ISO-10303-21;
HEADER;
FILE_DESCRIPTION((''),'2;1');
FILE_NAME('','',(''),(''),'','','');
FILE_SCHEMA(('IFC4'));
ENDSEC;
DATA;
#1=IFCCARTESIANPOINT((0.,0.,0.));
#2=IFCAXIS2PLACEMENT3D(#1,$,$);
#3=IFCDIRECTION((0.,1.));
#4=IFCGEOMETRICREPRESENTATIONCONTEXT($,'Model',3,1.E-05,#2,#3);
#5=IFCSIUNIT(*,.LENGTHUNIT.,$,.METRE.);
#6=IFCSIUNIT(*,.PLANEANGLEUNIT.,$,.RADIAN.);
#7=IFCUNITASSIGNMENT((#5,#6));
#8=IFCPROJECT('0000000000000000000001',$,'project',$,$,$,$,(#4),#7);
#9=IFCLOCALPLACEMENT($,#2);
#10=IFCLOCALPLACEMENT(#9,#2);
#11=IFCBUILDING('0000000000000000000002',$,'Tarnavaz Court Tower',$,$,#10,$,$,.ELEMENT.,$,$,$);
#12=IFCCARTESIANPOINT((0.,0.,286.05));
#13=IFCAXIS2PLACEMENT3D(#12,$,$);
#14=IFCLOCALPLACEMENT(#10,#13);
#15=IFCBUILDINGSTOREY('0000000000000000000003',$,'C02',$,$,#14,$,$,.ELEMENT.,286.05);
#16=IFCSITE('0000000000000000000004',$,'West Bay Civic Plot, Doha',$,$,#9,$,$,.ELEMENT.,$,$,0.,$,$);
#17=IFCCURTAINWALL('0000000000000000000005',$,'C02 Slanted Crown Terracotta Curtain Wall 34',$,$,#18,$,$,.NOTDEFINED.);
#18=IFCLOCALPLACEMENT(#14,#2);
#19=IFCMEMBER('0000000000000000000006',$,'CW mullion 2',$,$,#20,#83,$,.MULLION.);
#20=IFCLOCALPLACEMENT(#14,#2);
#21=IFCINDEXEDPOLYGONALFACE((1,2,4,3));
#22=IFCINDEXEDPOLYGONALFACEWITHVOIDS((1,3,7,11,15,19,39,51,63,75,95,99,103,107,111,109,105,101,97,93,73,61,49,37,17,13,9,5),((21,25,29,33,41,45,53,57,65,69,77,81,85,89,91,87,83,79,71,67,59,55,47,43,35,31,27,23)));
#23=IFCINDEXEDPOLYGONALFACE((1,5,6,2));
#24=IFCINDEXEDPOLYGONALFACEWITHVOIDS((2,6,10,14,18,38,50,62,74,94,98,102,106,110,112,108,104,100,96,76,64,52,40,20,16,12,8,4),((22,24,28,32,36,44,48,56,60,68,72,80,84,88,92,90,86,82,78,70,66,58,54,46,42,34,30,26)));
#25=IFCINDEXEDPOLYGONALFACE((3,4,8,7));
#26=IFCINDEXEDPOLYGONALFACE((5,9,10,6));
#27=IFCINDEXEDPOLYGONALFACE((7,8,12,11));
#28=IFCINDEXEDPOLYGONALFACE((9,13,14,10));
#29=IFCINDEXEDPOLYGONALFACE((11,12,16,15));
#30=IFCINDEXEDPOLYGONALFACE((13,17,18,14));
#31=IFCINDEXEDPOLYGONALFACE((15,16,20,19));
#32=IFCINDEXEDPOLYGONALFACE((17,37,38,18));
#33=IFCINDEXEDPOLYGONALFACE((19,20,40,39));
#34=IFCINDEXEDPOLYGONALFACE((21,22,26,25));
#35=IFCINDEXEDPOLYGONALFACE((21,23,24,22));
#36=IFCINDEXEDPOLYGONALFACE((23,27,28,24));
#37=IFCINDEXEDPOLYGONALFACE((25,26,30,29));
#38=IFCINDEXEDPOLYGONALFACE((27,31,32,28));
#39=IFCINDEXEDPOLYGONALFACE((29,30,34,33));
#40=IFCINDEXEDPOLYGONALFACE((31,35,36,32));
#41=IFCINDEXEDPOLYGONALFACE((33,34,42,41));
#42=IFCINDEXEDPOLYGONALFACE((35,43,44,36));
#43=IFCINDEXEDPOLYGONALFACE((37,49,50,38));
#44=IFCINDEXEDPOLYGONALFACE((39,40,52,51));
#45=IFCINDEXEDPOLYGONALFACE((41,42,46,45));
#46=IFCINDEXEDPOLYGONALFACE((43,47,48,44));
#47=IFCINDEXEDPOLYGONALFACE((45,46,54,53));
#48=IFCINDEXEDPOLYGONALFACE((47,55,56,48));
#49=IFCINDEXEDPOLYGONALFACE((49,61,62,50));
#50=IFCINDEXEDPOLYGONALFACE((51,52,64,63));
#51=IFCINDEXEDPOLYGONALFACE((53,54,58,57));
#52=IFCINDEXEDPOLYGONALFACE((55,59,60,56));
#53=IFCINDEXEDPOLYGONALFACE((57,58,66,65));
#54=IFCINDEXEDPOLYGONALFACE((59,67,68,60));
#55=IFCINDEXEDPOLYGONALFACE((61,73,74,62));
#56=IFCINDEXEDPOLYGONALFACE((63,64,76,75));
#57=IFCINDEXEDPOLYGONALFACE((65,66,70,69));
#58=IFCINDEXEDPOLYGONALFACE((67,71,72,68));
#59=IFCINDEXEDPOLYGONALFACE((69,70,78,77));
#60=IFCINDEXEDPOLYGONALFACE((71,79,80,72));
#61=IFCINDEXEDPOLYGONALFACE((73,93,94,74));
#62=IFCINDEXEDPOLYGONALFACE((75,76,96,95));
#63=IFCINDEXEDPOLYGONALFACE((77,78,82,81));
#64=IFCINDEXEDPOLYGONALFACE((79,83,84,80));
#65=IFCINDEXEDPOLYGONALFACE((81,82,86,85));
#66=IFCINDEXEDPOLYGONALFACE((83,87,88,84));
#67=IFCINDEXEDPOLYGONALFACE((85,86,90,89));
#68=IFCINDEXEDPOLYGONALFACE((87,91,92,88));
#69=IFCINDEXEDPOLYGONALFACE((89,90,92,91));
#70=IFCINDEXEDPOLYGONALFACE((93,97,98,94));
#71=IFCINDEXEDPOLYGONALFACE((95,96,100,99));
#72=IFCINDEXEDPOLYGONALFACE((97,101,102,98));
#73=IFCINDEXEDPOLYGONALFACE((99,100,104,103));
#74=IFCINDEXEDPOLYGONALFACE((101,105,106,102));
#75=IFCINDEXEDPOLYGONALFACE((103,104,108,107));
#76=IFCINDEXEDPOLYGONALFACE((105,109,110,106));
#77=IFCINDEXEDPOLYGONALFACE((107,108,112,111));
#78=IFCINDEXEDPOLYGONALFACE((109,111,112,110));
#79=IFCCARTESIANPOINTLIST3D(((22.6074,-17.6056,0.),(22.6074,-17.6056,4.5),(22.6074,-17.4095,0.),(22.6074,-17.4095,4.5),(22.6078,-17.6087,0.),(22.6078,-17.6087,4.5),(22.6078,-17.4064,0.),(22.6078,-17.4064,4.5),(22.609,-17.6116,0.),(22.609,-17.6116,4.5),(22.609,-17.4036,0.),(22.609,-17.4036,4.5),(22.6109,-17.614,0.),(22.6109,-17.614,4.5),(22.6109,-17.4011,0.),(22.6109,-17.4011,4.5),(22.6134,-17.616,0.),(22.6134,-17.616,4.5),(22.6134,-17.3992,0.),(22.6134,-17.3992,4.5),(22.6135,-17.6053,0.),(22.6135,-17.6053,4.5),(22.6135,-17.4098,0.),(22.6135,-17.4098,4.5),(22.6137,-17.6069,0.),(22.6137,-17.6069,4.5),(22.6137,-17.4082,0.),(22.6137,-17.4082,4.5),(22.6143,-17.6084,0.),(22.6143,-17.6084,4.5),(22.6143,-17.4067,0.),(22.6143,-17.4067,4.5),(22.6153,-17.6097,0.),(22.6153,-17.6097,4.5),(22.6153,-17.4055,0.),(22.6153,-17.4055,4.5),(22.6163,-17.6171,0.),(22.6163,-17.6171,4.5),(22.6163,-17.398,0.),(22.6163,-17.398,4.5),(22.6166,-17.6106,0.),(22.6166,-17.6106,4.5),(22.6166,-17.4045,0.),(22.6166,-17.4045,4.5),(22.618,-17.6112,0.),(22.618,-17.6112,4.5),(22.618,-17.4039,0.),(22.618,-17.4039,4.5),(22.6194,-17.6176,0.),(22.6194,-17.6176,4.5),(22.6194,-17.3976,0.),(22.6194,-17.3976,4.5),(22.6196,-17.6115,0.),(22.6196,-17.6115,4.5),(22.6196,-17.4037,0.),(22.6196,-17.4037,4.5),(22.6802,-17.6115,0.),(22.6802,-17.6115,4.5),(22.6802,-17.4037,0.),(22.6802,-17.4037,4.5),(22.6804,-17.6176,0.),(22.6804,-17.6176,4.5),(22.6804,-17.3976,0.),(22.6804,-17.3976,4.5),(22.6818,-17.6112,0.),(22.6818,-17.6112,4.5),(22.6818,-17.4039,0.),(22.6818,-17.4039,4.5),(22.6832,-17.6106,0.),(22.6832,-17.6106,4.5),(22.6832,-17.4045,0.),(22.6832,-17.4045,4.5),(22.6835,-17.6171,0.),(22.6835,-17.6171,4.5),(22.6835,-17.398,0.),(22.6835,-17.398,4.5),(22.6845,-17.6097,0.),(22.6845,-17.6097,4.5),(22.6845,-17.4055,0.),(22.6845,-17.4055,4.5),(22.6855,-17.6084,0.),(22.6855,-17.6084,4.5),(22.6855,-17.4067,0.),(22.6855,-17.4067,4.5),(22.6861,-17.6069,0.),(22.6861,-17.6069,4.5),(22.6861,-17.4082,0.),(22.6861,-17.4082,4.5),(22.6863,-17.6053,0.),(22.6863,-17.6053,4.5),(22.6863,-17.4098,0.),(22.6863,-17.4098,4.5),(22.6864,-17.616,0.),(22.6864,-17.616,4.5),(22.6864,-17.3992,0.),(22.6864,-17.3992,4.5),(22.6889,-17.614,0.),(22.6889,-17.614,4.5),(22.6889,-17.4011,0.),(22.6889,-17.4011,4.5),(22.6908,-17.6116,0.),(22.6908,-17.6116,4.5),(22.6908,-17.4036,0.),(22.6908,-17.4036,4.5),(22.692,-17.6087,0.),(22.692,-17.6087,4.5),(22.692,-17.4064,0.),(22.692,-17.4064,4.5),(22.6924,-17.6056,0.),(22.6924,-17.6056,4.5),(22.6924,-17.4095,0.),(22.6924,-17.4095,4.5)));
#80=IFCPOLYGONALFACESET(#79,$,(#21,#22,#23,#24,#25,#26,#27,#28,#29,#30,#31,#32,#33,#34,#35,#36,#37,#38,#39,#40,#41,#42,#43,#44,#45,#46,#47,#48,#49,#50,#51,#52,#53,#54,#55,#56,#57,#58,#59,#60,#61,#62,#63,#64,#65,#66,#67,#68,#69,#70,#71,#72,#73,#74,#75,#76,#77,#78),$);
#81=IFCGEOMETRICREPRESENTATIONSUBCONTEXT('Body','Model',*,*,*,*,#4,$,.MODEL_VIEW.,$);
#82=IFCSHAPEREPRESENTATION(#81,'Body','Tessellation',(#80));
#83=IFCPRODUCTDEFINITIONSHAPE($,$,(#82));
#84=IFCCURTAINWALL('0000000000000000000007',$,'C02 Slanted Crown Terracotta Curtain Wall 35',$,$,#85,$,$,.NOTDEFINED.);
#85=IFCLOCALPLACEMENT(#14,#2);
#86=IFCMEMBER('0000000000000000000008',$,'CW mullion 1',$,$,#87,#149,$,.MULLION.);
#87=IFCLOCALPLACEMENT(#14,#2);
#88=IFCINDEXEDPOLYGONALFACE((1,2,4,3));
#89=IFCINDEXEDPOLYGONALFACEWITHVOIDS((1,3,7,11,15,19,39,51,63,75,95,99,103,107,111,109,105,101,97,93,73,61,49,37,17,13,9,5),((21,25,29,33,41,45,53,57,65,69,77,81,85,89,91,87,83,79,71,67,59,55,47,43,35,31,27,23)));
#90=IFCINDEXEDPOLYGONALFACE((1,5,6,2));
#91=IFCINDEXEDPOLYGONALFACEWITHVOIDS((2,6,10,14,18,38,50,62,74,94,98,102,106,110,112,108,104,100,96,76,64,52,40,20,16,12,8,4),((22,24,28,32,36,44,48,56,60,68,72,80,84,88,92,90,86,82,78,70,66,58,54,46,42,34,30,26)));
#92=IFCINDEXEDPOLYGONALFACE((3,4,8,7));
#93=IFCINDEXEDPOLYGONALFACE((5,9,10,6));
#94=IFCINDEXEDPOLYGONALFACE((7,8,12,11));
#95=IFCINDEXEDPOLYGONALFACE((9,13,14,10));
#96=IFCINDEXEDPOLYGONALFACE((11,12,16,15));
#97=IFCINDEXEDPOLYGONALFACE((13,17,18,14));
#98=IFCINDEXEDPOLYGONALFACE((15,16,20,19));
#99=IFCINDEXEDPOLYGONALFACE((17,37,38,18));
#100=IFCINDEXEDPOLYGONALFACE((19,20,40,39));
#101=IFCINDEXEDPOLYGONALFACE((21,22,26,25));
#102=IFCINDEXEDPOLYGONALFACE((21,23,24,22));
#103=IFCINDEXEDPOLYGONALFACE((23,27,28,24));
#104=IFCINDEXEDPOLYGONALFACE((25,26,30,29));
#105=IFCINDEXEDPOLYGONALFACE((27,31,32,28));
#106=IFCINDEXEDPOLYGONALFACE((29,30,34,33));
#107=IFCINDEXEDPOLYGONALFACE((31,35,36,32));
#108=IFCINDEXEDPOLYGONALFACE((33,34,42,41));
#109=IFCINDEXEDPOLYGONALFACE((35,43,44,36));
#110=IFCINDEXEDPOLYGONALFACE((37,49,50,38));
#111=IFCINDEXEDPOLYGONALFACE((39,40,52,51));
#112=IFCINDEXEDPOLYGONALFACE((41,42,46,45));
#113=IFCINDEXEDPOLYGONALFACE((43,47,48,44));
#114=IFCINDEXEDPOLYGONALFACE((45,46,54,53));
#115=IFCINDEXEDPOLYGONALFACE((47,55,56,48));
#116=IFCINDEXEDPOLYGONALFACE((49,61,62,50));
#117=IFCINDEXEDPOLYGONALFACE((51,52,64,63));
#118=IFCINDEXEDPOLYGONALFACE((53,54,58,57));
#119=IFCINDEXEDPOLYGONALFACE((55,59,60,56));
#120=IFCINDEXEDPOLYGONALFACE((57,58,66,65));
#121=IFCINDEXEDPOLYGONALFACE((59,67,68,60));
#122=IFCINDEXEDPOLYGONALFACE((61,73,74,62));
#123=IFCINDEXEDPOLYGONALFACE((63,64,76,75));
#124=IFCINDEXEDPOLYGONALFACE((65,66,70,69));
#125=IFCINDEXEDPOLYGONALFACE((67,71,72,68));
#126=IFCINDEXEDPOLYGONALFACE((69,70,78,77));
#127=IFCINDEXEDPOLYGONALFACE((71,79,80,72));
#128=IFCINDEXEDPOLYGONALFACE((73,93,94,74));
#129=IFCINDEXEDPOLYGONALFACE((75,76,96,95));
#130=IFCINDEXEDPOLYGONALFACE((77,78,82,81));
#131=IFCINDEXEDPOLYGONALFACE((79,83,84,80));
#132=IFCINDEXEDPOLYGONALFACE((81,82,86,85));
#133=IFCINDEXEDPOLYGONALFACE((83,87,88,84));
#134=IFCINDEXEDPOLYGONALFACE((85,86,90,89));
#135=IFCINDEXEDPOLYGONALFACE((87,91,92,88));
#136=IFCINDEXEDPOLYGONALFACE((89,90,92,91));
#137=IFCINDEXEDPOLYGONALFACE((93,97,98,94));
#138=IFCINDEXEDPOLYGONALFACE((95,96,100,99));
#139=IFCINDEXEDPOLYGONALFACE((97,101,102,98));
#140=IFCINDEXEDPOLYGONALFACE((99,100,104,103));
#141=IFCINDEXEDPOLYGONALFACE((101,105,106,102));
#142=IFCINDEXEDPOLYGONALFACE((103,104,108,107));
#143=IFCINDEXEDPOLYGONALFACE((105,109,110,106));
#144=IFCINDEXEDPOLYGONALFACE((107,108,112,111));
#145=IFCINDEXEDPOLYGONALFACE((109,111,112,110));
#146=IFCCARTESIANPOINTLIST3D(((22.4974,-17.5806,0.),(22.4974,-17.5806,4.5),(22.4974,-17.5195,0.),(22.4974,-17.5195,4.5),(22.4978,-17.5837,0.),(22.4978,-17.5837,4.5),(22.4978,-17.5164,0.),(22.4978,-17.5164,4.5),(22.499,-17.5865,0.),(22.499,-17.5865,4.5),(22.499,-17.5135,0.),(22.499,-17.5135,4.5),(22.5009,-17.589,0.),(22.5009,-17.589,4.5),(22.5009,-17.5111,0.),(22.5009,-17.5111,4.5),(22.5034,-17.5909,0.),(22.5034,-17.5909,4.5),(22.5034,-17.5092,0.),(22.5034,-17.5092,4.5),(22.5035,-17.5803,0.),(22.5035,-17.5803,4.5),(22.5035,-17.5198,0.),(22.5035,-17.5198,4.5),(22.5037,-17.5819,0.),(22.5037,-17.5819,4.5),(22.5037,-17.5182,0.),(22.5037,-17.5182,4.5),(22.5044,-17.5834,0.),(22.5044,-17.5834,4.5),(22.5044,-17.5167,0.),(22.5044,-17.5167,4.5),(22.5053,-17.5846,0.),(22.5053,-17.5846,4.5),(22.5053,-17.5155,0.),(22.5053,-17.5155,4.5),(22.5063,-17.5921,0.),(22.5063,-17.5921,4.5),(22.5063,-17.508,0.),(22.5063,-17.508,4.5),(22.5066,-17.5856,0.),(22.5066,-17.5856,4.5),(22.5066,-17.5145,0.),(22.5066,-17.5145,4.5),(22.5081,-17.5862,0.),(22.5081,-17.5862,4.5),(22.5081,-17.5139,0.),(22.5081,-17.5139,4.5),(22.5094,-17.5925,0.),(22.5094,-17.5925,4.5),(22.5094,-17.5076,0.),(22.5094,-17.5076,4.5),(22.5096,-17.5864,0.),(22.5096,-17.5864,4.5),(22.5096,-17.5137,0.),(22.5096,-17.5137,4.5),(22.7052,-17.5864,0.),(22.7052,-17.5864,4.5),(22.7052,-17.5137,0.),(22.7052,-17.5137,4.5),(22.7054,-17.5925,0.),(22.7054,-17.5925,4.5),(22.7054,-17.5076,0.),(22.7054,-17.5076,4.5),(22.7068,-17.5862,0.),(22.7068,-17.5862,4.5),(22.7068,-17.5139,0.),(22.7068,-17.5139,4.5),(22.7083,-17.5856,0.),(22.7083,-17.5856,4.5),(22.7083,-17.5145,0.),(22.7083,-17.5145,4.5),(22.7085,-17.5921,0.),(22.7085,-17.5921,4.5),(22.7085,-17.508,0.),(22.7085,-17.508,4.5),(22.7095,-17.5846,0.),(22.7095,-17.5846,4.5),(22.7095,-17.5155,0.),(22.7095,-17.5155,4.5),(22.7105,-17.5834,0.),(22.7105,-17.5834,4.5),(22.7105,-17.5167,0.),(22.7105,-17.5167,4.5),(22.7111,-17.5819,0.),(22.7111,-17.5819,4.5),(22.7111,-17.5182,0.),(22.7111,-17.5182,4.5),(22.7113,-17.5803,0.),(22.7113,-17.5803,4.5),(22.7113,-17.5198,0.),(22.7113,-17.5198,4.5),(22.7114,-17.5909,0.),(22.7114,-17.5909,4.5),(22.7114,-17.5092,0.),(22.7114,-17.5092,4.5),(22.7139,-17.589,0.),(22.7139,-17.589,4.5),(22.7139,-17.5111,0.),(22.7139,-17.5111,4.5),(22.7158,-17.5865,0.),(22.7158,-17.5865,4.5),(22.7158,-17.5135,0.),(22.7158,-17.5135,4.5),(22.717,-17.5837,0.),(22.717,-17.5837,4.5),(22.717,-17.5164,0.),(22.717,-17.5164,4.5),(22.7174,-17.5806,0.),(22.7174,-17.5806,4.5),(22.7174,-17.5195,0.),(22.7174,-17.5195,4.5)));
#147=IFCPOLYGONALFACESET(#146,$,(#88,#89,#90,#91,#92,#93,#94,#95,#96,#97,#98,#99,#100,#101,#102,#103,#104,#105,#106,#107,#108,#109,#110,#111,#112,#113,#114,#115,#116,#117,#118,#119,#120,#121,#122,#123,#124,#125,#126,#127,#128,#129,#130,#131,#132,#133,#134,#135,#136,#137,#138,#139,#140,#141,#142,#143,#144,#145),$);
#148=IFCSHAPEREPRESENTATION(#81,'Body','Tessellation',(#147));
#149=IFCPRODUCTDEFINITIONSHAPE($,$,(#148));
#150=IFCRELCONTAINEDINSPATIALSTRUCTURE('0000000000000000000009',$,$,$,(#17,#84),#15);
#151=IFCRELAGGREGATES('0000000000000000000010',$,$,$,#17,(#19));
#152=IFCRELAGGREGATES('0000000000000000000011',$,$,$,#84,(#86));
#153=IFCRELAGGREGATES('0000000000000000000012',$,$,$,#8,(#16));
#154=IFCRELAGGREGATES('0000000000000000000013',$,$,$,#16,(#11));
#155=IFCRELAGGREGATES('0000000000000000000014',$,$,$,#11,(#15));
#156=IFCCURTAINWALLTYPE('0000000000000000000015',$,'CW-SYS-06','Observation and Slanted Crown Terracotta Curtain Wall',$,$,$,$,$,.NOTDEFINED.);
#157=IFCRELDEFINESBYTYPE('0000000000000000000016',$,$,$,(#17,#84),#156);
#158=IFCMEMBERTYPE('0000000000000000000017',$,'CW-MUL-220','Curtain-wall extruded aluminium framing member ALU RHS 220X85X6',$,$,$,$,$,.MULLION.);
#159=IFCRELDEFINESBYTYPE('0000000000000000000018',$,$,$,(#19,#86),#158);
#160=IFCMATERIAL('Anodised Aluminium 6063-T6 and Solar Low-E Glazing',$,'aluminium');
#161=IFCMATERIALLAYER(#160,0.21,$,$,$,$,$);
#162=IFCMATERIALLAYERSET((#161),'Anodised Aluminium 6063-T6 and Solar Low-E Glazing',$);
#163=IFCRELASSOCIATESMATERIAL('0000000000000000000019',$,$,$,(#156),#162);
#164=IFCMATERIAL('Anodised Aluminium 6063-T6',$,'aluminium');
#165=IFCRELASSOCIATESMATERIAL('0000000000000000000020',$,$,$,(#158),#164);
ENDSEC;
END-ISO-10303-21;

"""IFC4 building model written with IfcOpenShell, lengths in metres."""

from ifc_helpers import new_model, si_unit, direction, frame, origin, origin_2d, place, context, subcontext, project, spatial, hollow_rectangle, extrude, material, layer, layer_set, material_profile, profile_set, type_object, element, aggregate, save


model = new_model("IFC4")

# Units and contexts
model_context = context("Model", 3, precision=1e-05, world=origin(), true_north=direction((0.0, 1.0)))
body_context = subcontext(model_context, "Body", "Model", "MODEL_VIEW")
ifc_project = project(units=[si_unit("LENGTHUNIT", "METRE"), si_unit("PLANEANGLEUNIT", "RADIAN")], contexts=[model_context])

# Site, building, storey
site_placement = place(None, origin())
site = spatial("IfcSite", under=ifc_project, at=site_placement, Name="West Bay Civic Plot, Doha", CompositionType="ELEMENT", RefElevation=0.0)
building_placement = place(site_placement, origin())
building = spatial("IfcBuilding", under=site, at=building_placement, Name="Tarnavaz Court Tower", CompositionType="ELEMENT")
storey_placement = place(building_placement, frame((0.0, 0.0, 286.05)))
storey = spatial("IfcBuildingStorey", under=building, at=storey_placement, Name="C02", CompositionType="ELEMENT", Elevation=286.05)

# Shared definitions
ifc_material_1 = material(Name="Anodised Aluminium 6063-T6 and Solar Low-E Glazing", Category="aluminium")
ifc_layer_1 = layer(ifc_material_1, 0.21)
ifc_layer_set_1 = layer_set([ifc_layer_1], Name="Anodised Aluminium 6063-T6 and Solar Low-E Glazing")
curtain_wall_type = type_object("IfcCurtainWallType", Name="CW-SYS-06", Description="Observation and Slanted Crown Terracotta Curtain Wall", PredefinedType="NOTDEFINED", material=ifc_layer_set_1)
ifc_material_2 = material(Name="Anodised Aluminium 6063-T6", Category="aluminium")
ifc_material_profile_1 = material_profile(ifc_material_2, hollow_rectangle(XDim=0.085, YDim=0.22, WallThickness=0.0061, InnerFilletRadius=0.0061, OuterFilletRadius=0.012, at=origin_2d()), Name="ALU RHS 220X85X6")
ifc_profile_set_1 = profile_set([ifc_material_profile_1], Name="Anodised Aluminium 6063-T6")
member_type_1 = type_object("IfcMemberType", Name="CW-MUL-220", Description="Curtain-wall extruded aluminium framing member ALU RHS 220X85X6", PredefinedType="MULLION", material=ifc_profile_set_1)

# Curtain wall, member
curtain_wall_1_placement = place(storey_placement, origin())
curtain_wall_1 = element("IfcCurtainWall", 1, at=curtain_wall_1_placement, inside=storey, type_object=curtain_wall_type, Name="C02 Slanted Crown Terracotta Curtain Wall 34", PredefinedType="NOTDEFINED")
member_1_placement = place(storey_placement, frame((22.6499, -17.5076, 0.0), z_axis=(0.0, 0.0, 1.0), x_axis=(1.0, 0.0, 0.0)))
member_1 = element("IfcMember", 2, at=member_1_placement, type_object=member_type_1, Name="CW mullion 2", PredefinedType="MULLION", context=body_context, shape_type="SweptSolid", body=[
    extrude(hollow_rectangle(XDim=0.085, YDim=0.22, WallThickness=0.0061, InnerFilletRadius=0.0061, OuterFilletRadius=0.012, at=origin_2d()), origin(), (0.0, 0.0, 1.0), 4.5),
])

# Curtain wall, member
curtain_wall_2_placement = place(storey_placement, origin())
curtain_wall_2 = element("IfcCurtainWall", 3, at=curtain_wall_2_placement, inside=storey, type_object=curtain_wall_type, Name="C02 Slanted Crown Terracotta Curtain Wall 35", PredefinedType="NOTDEFINED")
member_2_placement = place(storey_placement, frame((22.6074, -17.55, 0.0), z_axis=(0.0, 0.0, 1.0), x_axis=(0.0, -1.0, 0.0)))
member_2 = element("IfcMember", 4, at=member_2_placement, type_object=member_type_1, Name="CW mullion 1", PredefinedType="MULLION", context=body_context, shape_type="SweptSolid", body=[
    extrude(hollow_rectangle(XDim=0.085, YDim=0.22, WallThickness=0.0061, InnerFilletRadius=0.0061, OuterFilletRadius=0.012, at=origin_2d()), origin(), (0.0, 0.0, 1.0), 4.5),
])

aggregate(curtain_wall_1, [member_1])
aggregate(curtain_wall_2, [member_2])

save(model, "model.ifc")
